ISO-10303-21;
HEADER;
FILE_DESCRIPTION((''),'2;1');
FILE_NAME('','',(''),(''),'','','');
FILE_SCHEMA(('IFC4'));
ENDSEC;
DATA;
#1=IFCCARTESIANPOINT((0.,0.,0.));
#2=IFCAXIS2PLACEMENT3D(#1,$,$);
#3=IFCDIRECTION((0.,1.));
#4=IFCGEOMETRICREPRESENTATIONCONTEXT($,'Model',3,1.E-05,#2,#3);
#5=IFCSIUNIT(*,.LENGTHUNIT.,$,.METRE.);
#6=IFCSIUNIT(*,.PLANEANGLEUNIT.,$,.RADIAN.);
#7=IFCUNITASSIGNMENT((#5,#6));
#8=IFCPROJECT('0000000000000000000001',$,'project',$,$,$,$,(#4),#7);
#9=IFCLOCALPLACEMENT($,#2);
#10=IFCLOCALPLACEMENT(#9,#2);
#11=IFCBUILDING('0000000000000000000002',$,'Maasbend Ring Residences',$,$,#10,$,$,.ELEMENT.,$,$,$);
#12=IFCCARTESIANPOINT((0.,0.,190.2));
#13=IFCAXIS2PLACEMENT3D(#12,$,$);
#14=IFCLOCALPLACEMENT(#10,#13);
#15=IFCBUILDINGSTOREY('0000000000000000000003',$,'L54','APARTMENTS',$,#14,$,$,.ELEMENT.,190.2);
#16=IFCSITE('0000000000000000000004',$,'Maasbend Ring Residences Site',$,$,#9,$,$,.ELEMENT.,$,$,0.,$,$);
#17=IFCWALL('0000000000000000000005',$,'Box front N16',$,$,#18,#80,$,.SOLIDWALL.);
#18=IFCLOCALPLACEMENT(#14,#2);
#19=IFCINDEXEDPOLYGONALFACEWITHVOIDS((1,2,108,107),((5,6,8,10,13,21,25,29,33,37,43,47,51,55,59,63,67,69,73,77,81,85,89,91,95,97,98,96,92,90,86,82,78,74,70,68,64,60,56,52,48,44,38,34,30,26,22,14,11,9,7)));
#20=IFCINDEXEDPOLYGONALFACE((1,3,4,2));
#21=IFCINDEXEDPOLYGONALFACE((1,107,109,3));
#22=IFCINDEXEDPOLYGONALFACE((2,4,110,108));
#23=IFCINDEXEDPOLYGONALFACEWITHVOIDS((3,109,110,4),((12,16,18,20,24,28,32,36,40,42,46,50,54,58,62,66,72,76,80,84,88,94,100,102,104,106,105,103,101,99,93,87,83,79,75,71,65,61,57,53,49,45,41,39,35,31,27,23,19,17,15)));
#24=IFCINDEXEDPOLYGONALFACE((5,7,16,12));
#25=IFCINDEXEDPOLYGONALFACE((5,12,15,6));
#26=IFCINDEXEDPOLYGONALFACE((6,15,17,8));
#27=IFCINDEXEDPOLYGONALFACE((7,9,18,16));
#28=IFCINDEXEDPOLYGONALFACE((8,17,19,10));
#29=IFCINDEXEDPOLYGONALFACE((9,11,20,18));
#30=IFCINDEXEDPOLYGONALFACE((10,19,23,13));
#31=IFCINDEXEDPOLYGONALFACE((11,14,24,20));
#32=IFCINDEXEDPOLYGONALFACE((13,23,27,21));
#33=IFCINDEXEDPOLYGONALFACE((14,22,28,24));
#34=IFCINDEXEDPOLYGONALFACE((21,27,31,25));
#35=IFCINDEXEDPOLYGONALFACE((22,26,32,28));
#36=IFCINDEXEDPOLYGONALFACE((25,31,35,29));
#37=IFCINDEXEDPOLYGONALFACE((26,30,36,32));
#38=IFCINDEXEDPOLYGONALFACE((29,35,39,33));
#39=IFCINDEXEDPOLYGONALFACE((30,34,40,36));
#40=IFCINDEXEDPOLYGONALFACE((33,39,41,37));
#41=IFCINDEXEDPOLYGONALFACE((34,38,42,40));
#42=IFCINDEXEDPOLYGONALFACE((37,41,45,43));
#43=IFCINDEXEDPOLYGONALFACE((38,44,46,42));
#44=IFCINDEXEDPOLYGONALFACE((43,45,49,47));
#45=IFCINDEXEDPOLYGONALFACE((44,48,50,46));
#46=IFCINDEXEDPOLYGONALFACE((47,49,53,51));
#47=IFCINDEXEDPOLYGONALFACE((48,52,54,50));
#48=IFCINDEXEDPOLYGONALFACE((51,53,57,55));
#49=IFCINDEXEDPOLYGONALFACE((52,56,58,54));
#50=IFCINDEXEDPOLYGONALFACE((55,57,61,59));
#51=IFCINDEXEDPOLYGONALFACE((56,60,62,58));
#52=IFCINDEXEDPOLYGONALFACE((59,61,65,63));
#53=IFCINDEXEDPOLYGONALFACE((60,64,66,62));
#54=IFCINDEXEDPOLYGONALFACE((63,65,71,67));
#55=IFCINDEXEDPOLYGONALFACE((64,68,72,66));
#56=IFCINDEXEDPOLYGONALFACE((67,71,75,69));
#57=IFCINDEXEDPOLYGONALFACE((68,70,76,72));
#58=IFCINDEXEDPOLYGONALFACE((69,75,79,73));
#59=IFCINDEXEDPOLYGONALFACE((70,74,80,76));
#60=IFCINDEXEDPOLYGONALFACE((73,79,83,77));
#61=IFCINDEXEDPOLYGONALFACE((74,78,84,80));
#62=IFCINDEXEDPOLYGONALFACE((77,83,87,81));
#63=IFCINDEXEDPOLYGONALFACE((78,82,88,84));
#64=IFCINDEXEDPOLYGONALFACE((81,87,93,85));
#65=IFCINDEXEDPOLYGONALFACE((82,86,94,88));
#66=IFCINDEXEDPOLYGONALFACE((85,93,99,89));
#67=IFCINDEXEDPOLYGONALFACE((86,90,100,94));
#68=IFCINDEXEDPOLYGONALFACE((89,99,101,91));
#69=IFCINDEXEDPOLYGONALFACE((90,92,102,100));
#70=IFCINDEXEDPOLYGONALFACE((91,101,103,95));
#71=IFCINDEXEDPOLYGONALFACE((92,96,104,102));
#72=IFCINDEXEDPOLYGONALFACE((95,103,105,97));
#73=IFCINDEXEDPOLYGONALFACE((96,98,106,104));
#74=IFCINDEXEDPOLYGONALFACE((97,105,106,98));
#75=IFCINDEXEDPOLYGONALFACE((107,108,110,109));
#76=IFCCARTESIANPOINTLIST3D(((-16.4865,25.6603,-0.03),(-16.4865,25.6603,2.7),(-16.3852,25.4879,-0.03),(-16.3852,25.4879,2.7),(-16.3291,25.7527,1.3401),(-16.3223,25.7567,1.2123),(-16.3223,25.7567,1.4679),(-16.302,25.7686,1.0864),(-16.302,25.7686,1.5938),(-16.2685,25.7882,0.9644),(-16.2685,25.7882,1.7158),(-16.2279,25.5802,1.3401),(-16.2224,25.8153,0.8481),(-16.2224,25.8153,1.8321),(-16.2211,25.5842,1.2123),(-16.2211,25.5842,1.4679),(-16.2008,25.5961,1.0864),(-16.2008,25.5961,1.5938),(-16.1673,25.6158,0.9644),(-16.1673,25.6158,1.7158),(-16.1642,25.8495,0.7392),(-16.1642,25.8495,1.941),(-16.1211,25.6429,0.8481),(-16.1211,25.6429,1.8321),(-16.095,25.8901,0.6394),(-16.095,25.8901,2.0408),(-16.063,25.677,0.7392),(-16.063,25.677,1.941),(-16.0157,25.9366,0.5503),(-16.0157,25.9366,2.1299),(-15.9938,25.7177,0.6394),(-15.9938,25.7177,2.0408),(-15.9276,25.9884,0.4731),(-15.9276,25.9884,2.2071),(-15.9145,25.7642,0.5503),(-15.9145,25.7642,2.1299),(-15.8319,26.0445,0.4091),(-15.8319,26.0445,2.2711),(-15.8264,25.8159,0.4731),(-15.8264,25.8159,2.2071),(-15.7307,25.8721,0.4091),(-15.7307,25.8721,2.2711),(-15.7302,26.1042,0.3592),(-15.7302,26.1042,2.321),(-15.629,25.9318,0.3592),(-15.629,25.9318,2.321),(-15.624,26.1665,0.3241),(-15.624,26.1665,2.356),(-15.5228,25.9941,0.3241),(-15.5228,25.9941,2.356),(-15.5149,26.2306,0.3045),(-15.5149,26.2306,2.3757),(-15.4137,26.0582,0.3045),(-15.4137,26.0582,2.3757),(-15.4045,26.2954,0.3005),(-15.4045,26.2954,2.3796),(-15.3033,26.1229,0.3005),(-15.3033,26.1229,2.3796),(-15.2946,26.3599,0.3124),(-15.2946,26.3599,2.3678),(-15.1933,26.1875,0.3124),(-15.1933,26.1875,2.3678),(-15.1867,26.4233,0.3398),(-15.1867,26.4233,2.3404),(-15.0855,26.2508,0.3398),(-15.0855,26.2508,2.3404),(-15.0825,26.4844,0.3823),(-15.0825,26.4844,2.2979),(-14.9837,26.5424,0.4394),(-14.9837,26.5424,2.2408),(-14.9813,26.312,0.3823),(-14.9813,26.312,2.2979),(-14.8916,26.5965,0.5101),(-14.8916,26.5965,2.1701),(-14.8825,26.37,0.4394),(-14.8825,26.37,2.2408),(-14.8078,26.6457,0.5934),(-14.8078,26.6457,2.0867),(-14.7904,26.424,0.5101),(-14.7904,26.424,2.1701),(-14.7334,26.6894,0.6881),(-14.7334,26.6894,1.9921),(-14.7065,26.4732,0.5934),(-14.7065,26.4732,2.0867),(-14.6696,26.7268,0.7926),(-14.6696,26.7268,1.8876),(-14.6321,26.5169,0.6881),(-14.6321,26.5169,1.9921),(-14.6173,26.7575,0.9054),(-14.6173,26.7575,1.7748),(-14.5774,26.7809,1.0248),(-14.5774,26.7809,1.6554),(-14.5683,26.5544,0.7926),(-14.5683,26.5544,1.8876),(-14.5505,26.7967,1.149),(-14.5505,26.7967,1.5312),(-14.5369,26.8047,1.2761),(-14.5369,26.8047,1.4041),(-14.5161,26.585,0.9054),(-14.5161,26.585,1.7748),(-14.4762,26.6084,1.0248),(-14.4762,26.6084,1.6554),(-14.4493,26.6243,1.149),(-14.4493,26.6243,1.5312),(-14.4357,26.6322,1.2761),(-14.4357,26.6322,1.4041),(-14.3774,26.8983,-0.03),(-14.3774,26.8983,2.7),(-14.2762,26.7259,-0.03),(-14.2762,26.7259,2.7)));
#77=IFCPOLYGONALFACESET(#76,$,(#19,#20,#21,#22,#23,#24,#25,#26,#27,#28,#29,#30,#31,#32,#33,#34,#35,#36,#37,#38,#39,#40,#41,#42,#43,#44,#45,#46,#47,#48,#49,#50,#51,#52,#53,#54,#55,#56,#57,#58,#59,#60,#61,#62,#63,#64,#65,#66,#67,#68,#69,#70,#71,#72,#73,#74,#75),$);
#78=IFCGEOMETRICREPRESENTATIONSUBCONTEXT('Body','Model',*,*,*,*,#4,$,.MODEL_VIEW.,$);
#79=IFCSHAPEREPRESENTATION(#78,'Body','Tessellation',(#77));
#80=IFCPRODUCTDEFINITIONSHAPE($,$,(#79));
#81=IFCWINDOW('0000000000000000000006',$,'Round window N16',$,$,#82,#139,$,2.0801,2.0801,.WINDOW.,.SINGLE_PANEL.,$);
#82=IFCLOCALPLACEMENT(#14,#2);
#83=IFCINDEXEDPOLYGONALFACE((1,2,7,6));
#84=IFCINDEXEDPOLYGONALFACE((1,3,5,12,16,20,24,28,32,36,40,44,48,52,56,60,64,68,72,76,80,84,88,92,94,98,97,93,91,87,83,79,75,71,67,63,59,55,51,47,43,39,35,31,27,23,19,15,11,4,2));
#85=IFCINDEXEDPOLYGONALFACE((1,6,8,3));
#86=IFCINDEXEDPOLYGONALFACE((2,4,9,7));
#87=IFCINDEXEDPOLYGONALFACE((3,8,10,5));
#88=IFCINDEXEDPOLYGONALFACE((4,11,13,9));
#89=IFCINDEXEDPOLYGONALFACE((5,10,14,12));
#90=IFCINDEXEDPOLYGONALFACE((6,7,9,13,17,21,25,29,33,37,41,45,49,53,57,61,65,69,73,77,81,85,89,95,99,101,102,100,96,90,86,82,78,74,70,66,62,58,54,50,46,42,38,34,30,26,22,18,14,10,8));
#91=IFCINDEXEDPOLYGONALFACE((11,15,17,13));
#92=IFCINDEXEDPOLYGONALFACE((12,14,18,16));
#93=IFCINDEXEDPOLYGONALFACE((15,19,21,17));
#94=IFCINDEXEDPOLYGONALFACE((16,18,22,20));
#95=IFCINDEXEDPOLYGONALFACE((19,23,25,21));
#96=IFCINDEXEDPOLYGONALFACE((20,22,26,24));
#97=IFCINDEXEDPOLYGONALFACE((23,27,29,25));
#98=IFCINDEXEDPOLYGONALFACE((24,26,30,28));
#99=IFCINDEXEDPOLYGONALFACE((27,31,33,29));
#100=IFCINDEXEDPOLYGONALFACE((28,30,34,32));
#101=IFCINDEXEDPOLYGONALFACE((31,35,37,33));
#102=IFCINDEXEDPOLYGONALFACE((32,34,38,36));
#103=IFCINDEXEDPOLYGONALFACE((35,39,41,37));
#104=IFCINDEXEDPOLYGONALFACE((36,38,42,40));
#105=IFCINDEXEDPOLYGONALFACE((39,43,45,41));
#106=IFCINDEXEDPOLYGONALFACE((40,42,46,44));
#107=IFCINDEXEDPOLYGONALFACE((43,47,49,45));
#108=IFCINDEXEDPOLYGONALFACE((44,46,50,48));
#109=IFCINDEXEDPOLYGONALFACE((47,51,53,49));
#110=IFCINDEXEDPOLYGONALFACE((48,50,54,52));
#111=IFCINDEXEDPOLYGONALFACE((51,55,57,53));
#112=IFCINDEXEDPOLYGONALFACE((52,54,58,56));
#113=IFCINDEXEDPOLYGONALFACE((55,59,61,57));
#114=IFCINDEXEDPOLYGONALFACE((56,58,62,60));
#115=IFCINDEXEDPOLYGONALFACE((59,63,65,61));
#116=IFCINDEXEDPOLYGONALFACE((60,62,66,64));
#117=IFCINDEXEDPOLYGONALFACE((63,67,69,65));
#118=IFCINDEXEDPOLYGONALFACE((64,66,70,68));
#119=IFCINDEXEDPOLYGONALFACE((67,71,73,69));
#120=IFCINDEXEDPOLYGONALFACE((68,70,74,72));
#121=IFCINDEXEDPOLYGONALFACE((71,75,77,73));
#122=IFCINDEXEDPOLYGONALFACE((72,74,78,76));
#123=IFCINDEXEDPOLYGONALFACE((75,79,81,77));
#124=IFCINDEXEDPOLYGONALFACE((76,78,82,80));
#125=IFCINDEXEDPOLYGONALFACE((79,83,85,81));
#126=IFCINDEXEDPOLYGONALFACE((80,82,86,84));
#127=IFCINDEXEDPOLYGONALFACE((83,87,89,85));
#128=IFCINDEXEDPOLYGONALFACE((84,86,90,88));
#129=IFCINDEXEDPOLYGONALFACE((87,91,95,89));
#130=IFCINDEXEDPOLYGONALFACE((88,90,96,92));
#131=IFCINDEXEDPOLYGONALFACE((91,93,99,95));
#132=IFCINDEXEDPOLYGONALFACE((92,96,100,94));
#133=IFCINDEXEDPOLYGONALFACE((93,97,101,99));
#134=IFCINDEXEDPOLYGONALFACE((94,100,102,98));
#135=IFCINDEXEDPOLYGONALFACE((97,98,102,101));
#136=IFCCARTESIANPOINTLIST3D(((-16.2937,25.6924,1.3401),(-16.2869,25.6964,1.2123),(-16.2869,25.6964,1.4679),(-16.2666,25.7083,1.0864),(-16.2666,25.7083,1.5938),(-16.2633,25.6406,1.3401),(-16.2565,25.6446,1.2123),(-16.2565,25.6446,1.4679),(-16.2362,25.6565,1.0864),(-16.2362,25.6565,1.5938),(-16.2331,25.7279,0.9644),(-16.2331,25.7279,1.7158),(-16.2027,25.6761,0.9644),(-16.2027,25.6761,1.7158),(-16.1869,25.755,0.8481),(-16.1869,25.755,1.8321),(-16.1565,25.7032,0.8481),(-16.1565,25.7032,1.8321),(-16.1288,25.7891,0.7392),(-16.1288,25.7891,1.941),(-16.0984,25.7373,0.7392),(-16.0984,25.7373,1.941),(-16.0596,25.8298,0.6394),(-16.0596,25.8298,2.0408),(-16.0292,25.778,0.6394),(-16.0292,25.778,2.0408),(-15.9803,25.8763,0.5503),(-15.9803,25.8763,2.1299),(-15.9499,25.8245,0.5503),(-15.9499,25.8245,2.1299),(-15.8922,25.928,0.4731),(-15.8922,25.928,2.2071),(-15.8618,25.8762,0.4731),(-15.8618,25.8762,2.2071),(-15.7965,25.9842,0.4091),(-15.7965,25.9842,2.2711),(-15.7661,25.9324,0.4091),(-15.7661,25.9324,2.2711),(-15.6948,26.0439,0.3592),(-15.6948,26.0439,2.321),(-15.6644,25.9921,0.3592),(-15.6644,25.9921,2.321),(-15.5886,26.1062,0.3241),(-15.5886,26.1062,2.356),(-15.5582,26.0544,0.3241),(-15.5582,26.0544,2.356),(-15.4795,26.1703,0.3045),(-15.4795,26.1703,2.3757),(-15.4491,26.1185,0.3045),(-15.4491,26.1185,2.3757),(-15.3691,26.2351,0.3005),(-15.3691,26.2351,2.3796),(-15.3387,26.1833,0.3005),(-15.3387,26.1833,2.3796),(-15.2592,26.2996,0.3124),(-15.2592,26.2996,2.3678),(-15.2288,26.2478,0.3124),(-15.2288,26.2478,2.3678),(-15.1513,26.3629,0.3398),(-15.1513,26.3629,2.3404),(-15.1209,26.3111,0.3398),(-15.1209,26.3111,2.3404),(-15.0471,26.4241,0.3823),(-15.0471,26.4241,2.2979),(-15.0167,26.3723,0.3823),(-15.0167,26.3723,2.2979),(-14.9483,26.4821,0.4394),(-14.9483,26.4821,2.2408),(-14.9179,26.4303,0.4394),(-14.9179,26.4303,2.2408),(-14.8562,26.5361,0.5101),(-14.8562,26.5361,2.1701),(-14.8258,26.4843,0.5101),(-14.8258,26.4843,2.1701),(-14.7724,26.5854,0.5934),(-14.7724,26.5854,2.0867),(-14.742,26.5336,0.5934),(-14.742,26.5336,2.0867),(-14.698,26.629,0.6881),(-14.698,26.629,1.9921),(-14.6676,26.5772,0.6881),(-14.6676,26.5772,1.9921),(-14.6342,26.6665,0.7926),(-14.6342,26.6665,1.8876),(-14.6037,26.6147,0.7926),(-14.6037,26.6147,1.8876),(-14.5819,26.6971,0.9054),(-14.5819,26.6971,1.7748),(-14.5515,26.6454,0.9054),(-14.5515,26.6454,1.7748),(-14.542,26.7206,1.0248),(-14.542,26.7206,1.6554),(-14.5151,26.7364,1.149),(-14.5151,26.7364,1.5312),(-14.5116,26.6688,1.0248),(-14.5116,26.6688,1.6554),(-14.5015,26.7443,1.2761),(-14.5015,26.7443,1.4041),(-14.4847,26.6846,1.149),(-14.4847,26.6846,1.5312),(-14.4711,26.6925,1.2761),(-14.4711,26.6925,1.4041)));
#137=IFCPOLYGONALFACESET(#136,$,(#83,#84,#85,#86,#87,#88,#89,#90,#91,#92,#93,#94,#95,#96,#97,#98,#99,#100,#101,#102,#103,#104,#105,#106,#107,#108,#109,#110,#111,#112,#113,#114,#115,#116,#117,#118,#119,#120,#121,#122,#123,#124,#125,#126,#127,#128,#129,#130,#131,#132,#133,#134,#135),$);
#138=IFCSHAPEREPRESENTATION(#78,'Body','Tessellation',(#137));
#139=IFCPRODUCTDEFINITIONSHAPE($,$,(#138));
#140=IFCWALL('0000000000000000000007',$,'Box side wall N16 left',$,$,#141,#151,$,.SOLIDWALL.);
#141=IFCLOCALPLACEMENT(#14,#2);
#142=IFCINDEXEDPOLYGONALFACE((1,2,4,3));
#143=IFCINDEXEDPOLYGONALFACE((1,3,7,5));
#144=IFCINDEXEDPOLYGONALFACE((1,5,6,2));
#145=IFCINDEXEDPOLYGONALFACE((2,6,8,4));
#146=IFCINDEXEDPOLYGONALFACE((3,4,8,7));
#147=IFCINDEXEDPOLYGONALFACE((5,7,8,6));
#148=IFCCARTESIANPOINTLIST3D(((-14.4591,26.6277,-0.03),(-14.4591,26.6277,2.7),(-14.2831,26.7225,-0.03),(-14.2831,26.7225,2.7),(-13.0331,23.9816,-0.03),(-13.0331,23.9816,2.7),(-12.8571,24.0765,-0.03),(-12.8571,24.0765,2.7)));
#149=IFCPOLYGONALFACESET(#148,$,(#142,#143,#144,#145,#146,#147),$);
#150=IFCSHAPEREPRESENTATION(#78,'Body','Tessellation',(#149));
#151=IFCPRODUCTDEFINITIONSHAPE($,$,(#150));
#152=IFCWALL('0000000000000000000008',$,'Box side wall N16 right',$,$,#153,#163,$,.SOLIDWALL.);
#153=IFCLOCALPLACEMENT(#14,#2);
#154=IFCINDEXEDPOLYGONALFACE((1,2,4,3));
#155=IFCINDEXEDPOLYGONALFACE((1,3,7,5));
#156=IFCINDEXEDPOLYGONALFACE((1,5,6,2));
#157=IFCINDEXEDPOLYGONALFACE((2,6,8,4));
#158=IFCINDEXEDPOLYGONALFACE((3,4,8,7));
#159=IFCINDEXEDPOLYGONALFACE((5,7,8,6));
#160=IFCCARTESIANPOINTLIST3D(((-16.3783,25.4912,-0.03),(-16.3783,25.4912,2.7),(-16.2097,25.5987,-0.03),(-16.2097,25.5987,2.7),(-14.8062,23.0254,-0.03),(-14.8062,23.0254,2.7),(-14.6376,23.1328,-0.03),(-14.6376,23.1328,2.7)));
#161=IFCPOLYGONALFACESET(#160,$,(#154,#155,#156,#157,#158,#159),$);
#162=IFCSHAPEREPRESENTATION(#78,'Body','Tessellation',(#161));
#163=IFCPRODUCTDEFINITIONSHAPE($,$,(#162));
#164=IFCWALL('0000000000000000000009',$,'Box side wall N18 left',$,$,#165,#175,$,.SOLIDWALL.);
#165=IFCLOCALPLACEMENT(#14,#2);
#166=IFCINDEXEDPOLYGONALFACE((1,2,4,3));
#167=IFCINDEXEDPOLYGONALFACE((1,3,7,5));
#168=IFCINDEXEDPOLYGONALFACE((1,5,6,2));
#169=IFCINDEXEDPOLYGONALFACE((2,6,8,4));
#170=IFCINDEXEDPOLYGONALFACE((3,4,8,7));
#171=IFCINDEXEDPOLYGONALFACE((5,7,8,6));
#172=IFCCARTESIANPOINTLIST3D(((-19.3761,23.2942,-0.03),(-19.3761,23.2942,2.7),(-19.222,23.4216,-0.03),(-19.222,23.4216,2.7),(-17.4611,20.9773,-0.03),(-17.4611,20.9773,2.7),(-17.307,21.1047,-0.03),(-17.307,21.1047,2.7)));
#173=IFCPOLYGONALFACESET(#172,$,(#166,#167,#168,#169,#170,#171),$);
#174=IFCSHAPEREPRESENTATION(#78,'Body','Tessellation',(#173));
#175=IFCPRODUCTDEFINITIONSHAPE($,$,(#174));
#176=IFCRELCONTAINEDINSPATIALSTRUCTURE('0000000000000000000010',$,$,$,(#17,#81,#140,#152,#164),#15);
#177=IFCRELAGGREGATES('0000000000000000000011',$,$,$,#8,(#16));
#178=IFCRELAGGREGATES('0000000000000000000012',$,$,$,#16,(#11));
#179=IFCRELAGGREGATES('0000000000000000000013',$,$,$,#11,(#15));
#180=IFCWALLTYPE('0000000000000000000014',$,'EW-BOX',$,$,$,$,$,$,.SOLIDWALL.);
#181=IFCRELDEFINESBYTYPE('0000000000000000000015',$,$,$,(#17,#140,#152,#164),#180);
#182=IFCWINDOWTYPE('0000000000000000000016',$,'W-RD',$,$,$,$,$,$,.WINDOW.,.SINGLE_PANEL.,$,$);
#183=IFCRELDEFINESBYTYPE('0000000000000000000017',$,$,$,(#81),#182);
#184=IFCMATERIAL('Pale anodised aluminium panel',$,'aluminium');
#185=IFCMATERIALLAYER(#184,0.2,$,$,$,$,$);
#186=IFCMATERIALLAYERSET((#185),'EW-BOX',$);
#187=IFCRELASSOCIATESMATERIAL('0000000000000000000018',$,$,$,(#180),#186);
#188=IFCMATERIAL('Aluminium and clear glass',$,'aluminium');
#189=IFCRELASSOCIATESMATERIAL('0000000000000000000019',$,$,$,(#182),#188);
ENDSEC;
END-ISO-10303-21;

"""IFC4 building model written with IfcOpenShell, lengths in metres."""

from ifc_helpers import new_model, si_unit, direction, frame, frame_2d, origin, place, context, subcontext, project, spatial, rectangle, circle, extrude, material, layer, layer_set, type_object, element, fill, save


model = new_model("IFC4")

# Units and contexts
model_context = context("Model", 3, precision=1e-05, world=origin(), true_north=direction((0.0, 1.0)))
body_context = subcontext(model_context, "Body", "Model", "MODEL_VIEW")
ifc_project = project(units=[si_unit("LENGTHUNIT", "METRE"), si_unit("PLANEANGLEUNIT", "RADIAN")], contexts=[model_context])

# Site, building, storey
site_placement = place(None, origin())
site = spatial("IfcSite", under=ifc_project, at=site_placement, Name="Maasbend Ring Residences Site", CompositionType="ELEMENT", RefElevation=0.0)
building_placement = place(site_placement, origin())
building = spatial("IfcBuilding", under=site, at=building_placement, Name="Maasbend Ring Residences", CompositionType="ELEMENT")
storey_placement = place(building_placement, frame((0.0, 0.0, 190.2)))
storey = spatial("IfcBuildingStorey", under=building, at=storey_placement, Name="L54", Description="APARTMENTS", CompositionType="ELEMENT", Elevation=190.2)

# Wall, opening, window
ifc_material_1 = material(Name="Pale anodised aluminium panel", Category="aluminium")
ifc_layer_1 = layer(ifc_material_1, 0.2)
ifc_layer_set_1 = layer_set([ifc_layer_1], Name="EW-BOX")
wall_type_1 = type_object("IfcWallType", Name="EW-BOX", PredefinedType="SOLIDWALL", material=ifc_layer_set_1)
wall_1_placement = place(storey_placement, frame((-14.3269, 26.812, -0.03), z_axis=(0.0, 0.0, 1.0), x_axis=(-0.862403, -0.506222, 0.0)))
wall_1 = element("IfcWall", 1, at=wall_1_placement, inside=storey, type_object=wall_type_1, Name="Box front N16", PredefinedType="SOLIDWALL", context=body_context, shape_type="SweptSolid", body=[
    extrude(rectangle(XDim=2.4456, YDim=0.2, at=frame_2d((1.2227, 0.0))), origin(), (0.0, 0.0, 1.0), 2.73),
])
opening_1_placement = place(wall_1_placement, frame((0.1829, 0.0, 0.3301)))
opening_1 = element("IfcOpeningElement", 2, at=opening_1_placement, cuts=wall_1, PredefinedType="OPENING", context=body_context, shape_type="SweptSolid", body=[
    extrude(circle(Radius=1.04, at=frame_2d((1.04, 1.04))), frame((0.0, 0.1099, 0.0), z_axis=(0.0, -1.0, 0.0), x_axis=(1.0, 0.0, 0.0)), (0.0, 0.0, 1.0), 0.22),
])
ifc_material_2 = material(Name="Aluminium and clear glass", Category="aluminium")
window_type_1 = type_object("IfcWindowType", Name="W-RD", PartitioningType="SINGLE_PANEL", PredefinedType="WINDOW", material=ifc_material_2)
window_1_placement = place(opening_1_placement, origin())
window_1 = element("IfcWindow", 3, at=window_1_placement, inside=storey, type_object=window_type_1, Name="Round window N16", OverallHeight=2.0801, OverallWidth=2.0801, PartitioningType="SINGLE_PANEL", PredefinedType="WINDOW", context=body_context, shape_type="SweptSolid", body=[
    extrude(circle(Radius=1.04, at=frame_2d((1.04, 1.04))), frame((0.0, 0.03, 0.0), z_axis=(0.0, -1.0, 0.0), x_axis=(1.0, 0.0, 0.0)), (0.0, 0.0, 1.0), 0.0601),
])
fill(opening_1, window_1)

# Walls
wall_2_placement = place(storey_placement, frame((-12.9451, 24.0291, -0.03), z_axis=(0.0, 0.0, 1.0), x_axis=(-0.474424, 0.880296, 0.0)))
element("IfcWall", 4, at=wall_2_placement, inside=storey, type_object=wall_type_1, Name="Box side wall N16 left", PredefinedType="SOLIDWALL", context=body_context, shape_type="SweptSolid", body=[
    extrude(rectangle(XDim=3.0059, YDim=0.2, at=frame_2d((1.5029, 0.0))), origin(), (0.0, 0.0, 1.0), 2.73),
])
wall_3_placement = place(storey_placement, frame((-14.7219, 23.0791, -0.03), z_axis=(0.0, 0.0, 1.0), x_axis=(-0.537572, 0.843218, 0.0)))
element("IfcWall", 5, at=wall_3_placement, inside=storey, type_object=wall_type_1, Name="Box side wall N16 right", PredefinedType="SOLIDWALL", context=body_context, shape_type="SweptSolid", body=[
    extrude(rectangle(XDim=2.9243, YDim=0.2, at=frame_2d((1.4622, 0.0))), origin(), (0.0, 0.0, 1.0), 2.73),
])
wall_4_placement = place(storey_placement, frame((-17.384, 21.041, -0.03), z_axis=(0.0, 0.0, 1.0), x_axis=(-0.637096, 0.770785, 0.0)))
element("IfcWall", 6, at=wall_4_placement, inside=storey, type_object=wall_type_1, Name="Box side wall N18 left", PredefinedType="SOLIDWALL", context=body_context, shape_type="SweptSolid", body=[
    extrude(rectangle(XDim=3.0059, YDim=0.2, at=frame_2d((1.5029, 0.0))), origin(), (0.0, 0.0, 1.0), 2.73),
])

save(model, "model.ifc")
